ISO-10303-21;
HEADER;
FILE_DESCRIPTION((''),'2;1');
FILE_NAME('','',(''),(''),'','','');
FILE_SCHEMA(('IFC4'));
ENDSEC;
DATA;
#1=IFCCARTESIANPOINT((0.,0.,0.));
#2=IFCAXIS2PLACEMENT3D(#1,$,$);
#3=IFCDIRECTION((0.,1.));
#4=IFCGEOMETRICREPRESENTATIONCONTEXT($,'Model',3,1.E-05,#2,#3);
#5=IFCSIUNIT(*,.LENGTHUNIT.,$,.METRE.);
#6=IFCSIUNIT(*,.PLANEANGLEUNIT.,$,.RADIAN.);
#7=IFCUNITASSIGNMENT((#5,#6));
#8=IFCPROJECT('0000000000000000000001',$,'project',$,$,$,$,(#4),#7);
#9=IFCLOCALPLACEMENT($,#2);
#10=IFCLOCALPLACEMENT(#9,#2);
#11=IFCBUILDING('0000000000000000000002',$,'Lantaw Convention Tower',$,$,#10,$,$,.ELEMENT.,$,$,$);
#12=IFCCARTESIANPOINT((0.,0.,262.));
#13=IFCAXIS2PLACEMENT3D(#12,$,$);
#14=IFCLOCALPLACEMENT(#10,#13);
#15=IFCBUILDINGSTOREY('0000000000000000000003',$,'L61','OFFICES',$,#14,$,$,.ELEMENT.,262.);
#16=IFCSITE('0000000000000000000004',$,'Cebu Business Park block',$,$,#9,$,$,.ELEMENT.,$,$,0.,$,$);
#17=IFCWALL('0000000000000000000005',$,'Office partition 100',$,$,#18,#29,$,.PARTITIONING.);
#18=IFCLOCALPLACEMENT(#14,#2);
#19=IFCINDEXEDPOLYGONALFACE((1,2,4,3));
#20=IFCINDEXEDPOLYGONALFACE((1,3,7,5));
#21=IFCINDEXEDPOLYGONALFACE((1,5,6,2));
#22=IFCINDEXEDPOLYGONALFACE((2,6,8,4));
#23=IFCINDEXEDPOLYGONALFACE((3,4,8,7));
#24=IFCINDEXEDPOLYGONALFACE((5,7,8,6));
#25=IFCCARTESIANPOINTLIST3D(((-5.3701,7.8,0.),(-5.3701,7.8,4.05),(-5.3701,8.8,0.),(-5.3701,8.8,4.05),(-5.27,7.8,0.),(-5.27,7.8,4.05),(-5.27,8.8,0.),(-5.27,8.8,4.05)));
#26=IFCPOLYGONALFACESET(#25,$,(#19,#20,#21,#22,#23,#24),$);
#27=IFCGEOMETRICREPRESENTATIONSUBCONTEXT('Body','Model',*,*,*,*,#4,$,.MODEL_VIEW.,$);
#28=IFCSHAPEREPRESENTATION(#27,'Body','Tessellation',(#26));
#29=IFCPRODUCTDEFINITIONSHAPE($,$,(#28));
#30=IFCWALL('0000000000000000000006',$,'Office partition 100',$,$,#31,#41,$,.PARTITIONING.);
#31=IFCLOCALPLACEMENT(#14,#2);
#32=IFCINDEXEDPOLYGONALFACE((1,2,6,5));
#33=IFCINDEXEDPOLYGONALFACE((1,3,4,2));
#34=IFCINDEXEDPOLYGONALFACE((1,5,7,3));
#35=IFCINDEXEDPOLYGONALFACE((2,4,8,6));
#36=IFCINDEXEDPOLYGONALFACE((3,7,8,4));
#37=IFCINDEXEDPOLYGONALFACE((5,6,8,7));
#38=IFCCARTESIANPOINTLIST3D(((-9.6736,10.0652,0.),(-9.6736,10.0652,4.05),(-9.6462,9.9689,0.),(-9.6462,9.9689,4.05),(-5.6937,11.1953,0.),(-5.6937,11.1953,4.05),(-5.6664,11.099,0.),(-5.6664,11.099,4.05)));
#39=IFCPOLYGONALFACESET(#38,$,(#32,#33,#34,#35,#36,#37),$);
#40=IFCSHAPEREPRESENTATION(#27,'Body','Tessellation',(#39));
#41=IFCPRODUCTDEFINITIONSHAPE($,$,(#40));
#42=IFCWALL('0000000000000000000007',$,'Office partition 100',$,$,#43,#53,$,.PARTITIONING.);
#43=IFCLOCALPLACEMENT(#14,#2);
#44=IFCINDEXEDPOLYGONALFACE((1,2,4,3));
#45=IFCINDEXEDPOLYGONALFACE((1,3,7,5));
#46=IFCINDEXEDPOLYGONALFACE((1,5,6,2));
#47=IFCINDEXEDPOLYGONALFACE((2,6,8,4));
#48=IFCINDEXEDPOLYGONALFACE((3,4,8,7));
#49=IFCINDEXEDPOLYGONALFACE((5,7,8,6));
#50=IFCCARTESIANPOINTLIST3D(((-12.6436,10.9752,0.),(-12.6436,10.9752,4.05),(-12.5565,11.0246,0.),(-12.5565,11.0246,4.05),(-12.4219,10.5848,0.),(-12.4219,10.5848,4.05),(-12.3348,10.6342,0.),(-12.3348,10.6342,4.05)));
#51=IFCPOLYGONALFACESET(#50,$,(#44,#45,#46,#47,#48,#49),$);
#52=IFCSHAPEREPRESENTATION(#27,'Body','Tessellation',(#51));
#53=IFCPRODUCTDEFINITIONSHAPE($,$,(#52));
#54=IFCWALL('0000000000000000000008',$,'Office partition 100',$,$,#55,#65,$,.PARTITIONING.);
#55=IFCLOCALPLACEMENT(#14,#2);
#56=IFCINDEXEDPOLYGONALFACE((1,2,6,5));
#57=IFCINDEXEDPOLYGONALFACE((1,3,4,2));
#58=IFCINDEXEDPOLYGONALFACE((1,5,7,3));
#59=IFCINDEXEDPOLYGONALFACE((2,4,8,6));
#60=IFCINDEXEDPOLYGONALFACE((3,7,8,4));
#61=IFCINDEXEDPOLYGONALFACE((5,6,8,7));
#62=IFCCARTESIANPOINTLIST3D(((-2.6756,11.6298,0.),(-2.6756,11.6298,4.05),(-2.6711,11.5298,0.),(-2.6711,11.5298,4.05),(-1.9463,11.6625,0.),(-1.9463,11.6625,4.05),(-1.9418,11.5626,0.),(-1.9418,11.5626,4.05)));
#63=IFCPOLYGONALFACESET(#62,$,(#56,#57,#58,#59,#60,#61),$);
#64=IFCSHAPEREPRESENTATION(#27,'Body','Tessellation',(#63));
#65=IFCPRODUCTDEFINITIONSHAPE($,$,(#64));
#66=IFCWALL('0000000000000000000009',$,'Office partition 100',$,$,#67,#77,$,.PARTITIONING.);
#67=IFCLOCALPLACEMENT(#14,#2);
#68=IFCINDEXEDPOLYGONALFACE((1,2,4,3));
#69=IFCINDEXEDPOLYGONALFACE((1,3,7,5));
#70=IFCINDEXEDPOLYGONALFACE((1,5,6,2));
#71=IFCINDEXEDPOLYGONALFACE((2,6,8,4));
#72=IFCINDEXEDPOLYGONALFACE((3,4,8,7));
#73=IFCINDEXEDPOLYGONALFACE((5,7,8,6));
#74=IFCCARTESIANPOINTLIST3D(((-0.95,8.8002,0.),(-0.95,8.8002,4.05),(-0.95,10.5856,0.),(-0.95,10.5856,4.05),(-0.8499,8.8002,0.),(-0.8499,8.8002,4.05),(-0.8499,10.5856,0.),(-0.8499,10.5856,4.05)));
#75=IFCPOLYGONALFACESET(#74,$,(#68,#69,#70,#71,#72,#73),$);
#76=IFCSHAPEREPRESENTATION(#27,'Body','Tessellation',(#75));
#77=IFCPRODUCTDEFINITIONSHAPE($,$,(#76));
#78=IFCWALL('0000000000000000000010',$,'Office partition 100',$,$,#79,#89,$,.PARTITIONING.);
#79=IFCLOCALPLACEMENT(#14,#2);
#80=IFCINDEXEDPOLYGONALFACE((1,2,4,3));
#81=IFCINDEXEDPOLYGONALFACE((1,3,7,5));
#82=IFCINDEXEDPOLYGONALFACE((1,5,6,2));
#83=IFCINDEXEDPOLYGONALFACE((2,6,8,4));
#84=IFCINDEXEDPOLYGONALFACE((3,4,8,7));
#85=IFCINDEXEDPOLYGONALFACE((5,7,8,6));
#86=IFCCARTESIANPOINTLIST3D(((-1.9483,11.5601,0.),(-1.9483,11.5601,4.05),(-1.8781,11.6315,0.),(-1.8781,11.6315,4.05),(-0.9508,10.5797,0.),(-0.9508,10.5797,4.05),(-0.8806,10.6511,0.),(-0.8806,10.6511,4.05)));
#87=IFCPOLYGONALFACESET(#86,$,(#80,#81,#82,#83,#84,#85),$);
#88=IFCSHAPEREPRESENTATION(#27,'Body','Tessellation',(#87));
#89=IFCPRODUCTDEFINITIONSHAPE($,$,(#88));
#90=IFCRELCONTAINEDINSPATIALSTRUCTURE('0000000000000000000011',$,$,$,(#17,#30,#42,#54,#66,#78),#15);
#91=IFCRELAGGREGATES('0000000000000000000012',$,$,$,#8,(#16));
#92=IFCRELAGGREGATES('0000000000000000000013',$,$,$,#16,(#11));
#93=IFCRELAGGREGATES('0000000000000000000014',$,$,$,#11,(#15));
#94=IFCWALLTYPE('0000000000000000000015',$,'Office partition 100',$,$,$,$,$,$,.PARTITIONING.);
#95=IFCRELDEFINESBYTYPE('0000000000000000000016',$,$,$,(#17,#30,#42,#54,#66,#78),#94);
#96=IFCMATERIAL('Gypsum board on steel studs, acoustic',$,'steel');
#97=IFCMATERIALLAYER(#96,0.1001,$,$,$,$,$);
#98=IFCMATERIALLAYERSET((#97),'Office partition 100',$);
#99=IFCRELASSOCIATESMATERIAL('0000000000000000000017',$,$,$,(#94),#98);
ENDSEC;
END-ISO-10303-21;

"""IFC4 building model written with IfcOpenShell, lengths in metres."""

from ifc_helpers import new_model, si_unit, direction, frame, frame_2d, origin, place, context, subcontext, project, spatial, rectangle, extrude, material, layer, layer_set, type_object, element, save


model = new_model("IFC4")

# Units and contexts
model_context = context("Model", 3, precision=1e-05, world=origin(), true_north=direction((0.0, 1.0)))
body_context = subcontext(model_context, "Body", "Model", "MODEL_VIEW")
ifc_project = project(units=[si_unit("LENGTHUNIT", "METRE"), si_unit("PLANEANGLEUNIT", "RADIAN")], contexts=[model_context])

# Site, building, storey
site_placement = place(None, origin())
site = spatial("IfcSite", under=ifc_project, at=site_placement, Name="Cebu Business Park block", CompositionType="ELEMENT", RefElevation=0.0)
building_placement = place(site_placement, origin())
building = spatial("IfcBuilding", under=site, at=building_placement, Name="Lantaw Convention Tower", CompositionType="ELEMENT")
storey_placement = place(building_placement, frame((0.0, 0.0, 262.0)))
storey = spatial("IfcBuildingStorey", under=building, at=storey_placement, Name="L61", Description="OFFICES", CompositionType="ELEMENT", Elevation=262.0)

# Shared definitions
ifc_material_1 = material(Name="Gypsum board on steel studs, acoustic", Category="steel")
ifc_layer_1 = layer(ifc_material_1, 0.1001)
ifc_layer_set_1 = layer_set([ifc_layer_1], Name="Office partition 100")
wall_type_1 = type_object("IfcWallType", Name="Office partition 100", PredefinedType="PARTITIONING", material=ifc_layer_set_1)

# Walls
wall_1_placement = place(storey_placement, frame((-5.3201, 8.8, 0.0), z_axis=(0.0, 0.0, 1.0), x_axis=(0.0, -1.0, 0.0)))
element("IfcWall", 1, at=wall_1_placement, inside=storey, type_object=wall_type_1, Name="Office partition 100", PredefinedType="PARTITIONING", context=body_context, shape_type="SweptSolid", body=[
    extrude(rectangle(XDim=1.0, YDim=0.1001, at=frame_2d((0.5, 0.0))), origin(), (0.0, 0.0, 1.0), 4.05),
])
wall_2_placement = place(storey_placement, frame((-9.6599, 10.0171, 0.0), z_axis=(0.0, 0.0, 1.0), x_axis=(0.96197, 0.273154, 0.0)))
element("IfcWall", 2, at=wall_2_placement, inside=storey, type_object=wall_type_1, Name="Office partition 100", PredefinedType="PARTITIONING", context=body_context, shape_type="SweptSolid", body=[
    extrude(rectangle(XDim=4.1372, YDim=0.1001, at=frame_2d((2.0686, 0.0))), origin(), (0.0, 0.0, 1.0), 4.05),
])
wall_3_placement = place(storey_placement, frame((-12.6001, 11.0, 0.0), z_axis=(0.0, 0.0, 1.0), x_axis=(0.493794, -0.869579, 0.0)))
element("IfcWall", 3, at=wall_3_placement, inside=storey, type_object=wall_type_1, Name="Office partition 100", PredefinedType="PARTITIONING", context=body_context, shape_type="SweptSolid", body=[
    extrude(rectangle(XDim=0.449, YDim=0.1001, at=frame_2d((0.2246, 0.0))), origin(), (0.0, 0.0, 1.0), 4.05),
])
wall_4_placement = place(storey_placement, frame((-2.6733, 11.5798, 0.0), z_axis=(0.0, 0.0, 1.0), x_axis=(0.998995, 0.044816, 0.0)))
element("IfcWall", 4, at=wall_4_placement, inside=storey, type_object=wall_type_1, Name="Office partition 100", PredefinedType="PARTITIONING", context=body_context, shape_type="SweptSolid", body=[
    extrude(rectangle(XDim=0.73, YDim=0.1001, at=frame_2d((0.365, 0.0))), origin(), (0.0, 0.0, 1.0), 4.05),
])
wall_5_placement = place(storey_placement, frame((-0.8999, 10.5854, 0.0), z_axis=(0.0, 0.0, 1.0), x_axis=(0.0, -1.0, 0.0)))
element("IfcWall", 5, at=wall_5_placement, inside=storey, type_object=wall_type_1, Name="Office partition 100", PredefinedType="PARTITIONING", context=body_context, shape_type="SweptSolid", body=[
    extrude(rectangle(XDim=1.7854, YDim=0.1001, at=frame_2d((0.8926, 0.0))), origin(), (0.0, 0.0, 1.0), 4.05),
])
wall_6_placement = place(storey_placement, frame((-0.9158, 10.6155, 0.0), z_axis=(0.0, 0.0, 1.0), x_axis=(-0.713189, 0.700971, 0.0)))
element("IfcWall", 6, at=wall_6_placement, inside=storey, type_object=wall_type_1, Name="Office partition 100", PredefinedType="PARTITIONING", context=body_context, shape_type="SweptSolid", body=[
    extrude(rectangle(XDim=1.3987, YDim=0.1001, at=frame_2d((0.6992, 0.0))), origin(), (0.0, 0.0, 1.0), 4.05),
])

save(model, "model.ifc")
